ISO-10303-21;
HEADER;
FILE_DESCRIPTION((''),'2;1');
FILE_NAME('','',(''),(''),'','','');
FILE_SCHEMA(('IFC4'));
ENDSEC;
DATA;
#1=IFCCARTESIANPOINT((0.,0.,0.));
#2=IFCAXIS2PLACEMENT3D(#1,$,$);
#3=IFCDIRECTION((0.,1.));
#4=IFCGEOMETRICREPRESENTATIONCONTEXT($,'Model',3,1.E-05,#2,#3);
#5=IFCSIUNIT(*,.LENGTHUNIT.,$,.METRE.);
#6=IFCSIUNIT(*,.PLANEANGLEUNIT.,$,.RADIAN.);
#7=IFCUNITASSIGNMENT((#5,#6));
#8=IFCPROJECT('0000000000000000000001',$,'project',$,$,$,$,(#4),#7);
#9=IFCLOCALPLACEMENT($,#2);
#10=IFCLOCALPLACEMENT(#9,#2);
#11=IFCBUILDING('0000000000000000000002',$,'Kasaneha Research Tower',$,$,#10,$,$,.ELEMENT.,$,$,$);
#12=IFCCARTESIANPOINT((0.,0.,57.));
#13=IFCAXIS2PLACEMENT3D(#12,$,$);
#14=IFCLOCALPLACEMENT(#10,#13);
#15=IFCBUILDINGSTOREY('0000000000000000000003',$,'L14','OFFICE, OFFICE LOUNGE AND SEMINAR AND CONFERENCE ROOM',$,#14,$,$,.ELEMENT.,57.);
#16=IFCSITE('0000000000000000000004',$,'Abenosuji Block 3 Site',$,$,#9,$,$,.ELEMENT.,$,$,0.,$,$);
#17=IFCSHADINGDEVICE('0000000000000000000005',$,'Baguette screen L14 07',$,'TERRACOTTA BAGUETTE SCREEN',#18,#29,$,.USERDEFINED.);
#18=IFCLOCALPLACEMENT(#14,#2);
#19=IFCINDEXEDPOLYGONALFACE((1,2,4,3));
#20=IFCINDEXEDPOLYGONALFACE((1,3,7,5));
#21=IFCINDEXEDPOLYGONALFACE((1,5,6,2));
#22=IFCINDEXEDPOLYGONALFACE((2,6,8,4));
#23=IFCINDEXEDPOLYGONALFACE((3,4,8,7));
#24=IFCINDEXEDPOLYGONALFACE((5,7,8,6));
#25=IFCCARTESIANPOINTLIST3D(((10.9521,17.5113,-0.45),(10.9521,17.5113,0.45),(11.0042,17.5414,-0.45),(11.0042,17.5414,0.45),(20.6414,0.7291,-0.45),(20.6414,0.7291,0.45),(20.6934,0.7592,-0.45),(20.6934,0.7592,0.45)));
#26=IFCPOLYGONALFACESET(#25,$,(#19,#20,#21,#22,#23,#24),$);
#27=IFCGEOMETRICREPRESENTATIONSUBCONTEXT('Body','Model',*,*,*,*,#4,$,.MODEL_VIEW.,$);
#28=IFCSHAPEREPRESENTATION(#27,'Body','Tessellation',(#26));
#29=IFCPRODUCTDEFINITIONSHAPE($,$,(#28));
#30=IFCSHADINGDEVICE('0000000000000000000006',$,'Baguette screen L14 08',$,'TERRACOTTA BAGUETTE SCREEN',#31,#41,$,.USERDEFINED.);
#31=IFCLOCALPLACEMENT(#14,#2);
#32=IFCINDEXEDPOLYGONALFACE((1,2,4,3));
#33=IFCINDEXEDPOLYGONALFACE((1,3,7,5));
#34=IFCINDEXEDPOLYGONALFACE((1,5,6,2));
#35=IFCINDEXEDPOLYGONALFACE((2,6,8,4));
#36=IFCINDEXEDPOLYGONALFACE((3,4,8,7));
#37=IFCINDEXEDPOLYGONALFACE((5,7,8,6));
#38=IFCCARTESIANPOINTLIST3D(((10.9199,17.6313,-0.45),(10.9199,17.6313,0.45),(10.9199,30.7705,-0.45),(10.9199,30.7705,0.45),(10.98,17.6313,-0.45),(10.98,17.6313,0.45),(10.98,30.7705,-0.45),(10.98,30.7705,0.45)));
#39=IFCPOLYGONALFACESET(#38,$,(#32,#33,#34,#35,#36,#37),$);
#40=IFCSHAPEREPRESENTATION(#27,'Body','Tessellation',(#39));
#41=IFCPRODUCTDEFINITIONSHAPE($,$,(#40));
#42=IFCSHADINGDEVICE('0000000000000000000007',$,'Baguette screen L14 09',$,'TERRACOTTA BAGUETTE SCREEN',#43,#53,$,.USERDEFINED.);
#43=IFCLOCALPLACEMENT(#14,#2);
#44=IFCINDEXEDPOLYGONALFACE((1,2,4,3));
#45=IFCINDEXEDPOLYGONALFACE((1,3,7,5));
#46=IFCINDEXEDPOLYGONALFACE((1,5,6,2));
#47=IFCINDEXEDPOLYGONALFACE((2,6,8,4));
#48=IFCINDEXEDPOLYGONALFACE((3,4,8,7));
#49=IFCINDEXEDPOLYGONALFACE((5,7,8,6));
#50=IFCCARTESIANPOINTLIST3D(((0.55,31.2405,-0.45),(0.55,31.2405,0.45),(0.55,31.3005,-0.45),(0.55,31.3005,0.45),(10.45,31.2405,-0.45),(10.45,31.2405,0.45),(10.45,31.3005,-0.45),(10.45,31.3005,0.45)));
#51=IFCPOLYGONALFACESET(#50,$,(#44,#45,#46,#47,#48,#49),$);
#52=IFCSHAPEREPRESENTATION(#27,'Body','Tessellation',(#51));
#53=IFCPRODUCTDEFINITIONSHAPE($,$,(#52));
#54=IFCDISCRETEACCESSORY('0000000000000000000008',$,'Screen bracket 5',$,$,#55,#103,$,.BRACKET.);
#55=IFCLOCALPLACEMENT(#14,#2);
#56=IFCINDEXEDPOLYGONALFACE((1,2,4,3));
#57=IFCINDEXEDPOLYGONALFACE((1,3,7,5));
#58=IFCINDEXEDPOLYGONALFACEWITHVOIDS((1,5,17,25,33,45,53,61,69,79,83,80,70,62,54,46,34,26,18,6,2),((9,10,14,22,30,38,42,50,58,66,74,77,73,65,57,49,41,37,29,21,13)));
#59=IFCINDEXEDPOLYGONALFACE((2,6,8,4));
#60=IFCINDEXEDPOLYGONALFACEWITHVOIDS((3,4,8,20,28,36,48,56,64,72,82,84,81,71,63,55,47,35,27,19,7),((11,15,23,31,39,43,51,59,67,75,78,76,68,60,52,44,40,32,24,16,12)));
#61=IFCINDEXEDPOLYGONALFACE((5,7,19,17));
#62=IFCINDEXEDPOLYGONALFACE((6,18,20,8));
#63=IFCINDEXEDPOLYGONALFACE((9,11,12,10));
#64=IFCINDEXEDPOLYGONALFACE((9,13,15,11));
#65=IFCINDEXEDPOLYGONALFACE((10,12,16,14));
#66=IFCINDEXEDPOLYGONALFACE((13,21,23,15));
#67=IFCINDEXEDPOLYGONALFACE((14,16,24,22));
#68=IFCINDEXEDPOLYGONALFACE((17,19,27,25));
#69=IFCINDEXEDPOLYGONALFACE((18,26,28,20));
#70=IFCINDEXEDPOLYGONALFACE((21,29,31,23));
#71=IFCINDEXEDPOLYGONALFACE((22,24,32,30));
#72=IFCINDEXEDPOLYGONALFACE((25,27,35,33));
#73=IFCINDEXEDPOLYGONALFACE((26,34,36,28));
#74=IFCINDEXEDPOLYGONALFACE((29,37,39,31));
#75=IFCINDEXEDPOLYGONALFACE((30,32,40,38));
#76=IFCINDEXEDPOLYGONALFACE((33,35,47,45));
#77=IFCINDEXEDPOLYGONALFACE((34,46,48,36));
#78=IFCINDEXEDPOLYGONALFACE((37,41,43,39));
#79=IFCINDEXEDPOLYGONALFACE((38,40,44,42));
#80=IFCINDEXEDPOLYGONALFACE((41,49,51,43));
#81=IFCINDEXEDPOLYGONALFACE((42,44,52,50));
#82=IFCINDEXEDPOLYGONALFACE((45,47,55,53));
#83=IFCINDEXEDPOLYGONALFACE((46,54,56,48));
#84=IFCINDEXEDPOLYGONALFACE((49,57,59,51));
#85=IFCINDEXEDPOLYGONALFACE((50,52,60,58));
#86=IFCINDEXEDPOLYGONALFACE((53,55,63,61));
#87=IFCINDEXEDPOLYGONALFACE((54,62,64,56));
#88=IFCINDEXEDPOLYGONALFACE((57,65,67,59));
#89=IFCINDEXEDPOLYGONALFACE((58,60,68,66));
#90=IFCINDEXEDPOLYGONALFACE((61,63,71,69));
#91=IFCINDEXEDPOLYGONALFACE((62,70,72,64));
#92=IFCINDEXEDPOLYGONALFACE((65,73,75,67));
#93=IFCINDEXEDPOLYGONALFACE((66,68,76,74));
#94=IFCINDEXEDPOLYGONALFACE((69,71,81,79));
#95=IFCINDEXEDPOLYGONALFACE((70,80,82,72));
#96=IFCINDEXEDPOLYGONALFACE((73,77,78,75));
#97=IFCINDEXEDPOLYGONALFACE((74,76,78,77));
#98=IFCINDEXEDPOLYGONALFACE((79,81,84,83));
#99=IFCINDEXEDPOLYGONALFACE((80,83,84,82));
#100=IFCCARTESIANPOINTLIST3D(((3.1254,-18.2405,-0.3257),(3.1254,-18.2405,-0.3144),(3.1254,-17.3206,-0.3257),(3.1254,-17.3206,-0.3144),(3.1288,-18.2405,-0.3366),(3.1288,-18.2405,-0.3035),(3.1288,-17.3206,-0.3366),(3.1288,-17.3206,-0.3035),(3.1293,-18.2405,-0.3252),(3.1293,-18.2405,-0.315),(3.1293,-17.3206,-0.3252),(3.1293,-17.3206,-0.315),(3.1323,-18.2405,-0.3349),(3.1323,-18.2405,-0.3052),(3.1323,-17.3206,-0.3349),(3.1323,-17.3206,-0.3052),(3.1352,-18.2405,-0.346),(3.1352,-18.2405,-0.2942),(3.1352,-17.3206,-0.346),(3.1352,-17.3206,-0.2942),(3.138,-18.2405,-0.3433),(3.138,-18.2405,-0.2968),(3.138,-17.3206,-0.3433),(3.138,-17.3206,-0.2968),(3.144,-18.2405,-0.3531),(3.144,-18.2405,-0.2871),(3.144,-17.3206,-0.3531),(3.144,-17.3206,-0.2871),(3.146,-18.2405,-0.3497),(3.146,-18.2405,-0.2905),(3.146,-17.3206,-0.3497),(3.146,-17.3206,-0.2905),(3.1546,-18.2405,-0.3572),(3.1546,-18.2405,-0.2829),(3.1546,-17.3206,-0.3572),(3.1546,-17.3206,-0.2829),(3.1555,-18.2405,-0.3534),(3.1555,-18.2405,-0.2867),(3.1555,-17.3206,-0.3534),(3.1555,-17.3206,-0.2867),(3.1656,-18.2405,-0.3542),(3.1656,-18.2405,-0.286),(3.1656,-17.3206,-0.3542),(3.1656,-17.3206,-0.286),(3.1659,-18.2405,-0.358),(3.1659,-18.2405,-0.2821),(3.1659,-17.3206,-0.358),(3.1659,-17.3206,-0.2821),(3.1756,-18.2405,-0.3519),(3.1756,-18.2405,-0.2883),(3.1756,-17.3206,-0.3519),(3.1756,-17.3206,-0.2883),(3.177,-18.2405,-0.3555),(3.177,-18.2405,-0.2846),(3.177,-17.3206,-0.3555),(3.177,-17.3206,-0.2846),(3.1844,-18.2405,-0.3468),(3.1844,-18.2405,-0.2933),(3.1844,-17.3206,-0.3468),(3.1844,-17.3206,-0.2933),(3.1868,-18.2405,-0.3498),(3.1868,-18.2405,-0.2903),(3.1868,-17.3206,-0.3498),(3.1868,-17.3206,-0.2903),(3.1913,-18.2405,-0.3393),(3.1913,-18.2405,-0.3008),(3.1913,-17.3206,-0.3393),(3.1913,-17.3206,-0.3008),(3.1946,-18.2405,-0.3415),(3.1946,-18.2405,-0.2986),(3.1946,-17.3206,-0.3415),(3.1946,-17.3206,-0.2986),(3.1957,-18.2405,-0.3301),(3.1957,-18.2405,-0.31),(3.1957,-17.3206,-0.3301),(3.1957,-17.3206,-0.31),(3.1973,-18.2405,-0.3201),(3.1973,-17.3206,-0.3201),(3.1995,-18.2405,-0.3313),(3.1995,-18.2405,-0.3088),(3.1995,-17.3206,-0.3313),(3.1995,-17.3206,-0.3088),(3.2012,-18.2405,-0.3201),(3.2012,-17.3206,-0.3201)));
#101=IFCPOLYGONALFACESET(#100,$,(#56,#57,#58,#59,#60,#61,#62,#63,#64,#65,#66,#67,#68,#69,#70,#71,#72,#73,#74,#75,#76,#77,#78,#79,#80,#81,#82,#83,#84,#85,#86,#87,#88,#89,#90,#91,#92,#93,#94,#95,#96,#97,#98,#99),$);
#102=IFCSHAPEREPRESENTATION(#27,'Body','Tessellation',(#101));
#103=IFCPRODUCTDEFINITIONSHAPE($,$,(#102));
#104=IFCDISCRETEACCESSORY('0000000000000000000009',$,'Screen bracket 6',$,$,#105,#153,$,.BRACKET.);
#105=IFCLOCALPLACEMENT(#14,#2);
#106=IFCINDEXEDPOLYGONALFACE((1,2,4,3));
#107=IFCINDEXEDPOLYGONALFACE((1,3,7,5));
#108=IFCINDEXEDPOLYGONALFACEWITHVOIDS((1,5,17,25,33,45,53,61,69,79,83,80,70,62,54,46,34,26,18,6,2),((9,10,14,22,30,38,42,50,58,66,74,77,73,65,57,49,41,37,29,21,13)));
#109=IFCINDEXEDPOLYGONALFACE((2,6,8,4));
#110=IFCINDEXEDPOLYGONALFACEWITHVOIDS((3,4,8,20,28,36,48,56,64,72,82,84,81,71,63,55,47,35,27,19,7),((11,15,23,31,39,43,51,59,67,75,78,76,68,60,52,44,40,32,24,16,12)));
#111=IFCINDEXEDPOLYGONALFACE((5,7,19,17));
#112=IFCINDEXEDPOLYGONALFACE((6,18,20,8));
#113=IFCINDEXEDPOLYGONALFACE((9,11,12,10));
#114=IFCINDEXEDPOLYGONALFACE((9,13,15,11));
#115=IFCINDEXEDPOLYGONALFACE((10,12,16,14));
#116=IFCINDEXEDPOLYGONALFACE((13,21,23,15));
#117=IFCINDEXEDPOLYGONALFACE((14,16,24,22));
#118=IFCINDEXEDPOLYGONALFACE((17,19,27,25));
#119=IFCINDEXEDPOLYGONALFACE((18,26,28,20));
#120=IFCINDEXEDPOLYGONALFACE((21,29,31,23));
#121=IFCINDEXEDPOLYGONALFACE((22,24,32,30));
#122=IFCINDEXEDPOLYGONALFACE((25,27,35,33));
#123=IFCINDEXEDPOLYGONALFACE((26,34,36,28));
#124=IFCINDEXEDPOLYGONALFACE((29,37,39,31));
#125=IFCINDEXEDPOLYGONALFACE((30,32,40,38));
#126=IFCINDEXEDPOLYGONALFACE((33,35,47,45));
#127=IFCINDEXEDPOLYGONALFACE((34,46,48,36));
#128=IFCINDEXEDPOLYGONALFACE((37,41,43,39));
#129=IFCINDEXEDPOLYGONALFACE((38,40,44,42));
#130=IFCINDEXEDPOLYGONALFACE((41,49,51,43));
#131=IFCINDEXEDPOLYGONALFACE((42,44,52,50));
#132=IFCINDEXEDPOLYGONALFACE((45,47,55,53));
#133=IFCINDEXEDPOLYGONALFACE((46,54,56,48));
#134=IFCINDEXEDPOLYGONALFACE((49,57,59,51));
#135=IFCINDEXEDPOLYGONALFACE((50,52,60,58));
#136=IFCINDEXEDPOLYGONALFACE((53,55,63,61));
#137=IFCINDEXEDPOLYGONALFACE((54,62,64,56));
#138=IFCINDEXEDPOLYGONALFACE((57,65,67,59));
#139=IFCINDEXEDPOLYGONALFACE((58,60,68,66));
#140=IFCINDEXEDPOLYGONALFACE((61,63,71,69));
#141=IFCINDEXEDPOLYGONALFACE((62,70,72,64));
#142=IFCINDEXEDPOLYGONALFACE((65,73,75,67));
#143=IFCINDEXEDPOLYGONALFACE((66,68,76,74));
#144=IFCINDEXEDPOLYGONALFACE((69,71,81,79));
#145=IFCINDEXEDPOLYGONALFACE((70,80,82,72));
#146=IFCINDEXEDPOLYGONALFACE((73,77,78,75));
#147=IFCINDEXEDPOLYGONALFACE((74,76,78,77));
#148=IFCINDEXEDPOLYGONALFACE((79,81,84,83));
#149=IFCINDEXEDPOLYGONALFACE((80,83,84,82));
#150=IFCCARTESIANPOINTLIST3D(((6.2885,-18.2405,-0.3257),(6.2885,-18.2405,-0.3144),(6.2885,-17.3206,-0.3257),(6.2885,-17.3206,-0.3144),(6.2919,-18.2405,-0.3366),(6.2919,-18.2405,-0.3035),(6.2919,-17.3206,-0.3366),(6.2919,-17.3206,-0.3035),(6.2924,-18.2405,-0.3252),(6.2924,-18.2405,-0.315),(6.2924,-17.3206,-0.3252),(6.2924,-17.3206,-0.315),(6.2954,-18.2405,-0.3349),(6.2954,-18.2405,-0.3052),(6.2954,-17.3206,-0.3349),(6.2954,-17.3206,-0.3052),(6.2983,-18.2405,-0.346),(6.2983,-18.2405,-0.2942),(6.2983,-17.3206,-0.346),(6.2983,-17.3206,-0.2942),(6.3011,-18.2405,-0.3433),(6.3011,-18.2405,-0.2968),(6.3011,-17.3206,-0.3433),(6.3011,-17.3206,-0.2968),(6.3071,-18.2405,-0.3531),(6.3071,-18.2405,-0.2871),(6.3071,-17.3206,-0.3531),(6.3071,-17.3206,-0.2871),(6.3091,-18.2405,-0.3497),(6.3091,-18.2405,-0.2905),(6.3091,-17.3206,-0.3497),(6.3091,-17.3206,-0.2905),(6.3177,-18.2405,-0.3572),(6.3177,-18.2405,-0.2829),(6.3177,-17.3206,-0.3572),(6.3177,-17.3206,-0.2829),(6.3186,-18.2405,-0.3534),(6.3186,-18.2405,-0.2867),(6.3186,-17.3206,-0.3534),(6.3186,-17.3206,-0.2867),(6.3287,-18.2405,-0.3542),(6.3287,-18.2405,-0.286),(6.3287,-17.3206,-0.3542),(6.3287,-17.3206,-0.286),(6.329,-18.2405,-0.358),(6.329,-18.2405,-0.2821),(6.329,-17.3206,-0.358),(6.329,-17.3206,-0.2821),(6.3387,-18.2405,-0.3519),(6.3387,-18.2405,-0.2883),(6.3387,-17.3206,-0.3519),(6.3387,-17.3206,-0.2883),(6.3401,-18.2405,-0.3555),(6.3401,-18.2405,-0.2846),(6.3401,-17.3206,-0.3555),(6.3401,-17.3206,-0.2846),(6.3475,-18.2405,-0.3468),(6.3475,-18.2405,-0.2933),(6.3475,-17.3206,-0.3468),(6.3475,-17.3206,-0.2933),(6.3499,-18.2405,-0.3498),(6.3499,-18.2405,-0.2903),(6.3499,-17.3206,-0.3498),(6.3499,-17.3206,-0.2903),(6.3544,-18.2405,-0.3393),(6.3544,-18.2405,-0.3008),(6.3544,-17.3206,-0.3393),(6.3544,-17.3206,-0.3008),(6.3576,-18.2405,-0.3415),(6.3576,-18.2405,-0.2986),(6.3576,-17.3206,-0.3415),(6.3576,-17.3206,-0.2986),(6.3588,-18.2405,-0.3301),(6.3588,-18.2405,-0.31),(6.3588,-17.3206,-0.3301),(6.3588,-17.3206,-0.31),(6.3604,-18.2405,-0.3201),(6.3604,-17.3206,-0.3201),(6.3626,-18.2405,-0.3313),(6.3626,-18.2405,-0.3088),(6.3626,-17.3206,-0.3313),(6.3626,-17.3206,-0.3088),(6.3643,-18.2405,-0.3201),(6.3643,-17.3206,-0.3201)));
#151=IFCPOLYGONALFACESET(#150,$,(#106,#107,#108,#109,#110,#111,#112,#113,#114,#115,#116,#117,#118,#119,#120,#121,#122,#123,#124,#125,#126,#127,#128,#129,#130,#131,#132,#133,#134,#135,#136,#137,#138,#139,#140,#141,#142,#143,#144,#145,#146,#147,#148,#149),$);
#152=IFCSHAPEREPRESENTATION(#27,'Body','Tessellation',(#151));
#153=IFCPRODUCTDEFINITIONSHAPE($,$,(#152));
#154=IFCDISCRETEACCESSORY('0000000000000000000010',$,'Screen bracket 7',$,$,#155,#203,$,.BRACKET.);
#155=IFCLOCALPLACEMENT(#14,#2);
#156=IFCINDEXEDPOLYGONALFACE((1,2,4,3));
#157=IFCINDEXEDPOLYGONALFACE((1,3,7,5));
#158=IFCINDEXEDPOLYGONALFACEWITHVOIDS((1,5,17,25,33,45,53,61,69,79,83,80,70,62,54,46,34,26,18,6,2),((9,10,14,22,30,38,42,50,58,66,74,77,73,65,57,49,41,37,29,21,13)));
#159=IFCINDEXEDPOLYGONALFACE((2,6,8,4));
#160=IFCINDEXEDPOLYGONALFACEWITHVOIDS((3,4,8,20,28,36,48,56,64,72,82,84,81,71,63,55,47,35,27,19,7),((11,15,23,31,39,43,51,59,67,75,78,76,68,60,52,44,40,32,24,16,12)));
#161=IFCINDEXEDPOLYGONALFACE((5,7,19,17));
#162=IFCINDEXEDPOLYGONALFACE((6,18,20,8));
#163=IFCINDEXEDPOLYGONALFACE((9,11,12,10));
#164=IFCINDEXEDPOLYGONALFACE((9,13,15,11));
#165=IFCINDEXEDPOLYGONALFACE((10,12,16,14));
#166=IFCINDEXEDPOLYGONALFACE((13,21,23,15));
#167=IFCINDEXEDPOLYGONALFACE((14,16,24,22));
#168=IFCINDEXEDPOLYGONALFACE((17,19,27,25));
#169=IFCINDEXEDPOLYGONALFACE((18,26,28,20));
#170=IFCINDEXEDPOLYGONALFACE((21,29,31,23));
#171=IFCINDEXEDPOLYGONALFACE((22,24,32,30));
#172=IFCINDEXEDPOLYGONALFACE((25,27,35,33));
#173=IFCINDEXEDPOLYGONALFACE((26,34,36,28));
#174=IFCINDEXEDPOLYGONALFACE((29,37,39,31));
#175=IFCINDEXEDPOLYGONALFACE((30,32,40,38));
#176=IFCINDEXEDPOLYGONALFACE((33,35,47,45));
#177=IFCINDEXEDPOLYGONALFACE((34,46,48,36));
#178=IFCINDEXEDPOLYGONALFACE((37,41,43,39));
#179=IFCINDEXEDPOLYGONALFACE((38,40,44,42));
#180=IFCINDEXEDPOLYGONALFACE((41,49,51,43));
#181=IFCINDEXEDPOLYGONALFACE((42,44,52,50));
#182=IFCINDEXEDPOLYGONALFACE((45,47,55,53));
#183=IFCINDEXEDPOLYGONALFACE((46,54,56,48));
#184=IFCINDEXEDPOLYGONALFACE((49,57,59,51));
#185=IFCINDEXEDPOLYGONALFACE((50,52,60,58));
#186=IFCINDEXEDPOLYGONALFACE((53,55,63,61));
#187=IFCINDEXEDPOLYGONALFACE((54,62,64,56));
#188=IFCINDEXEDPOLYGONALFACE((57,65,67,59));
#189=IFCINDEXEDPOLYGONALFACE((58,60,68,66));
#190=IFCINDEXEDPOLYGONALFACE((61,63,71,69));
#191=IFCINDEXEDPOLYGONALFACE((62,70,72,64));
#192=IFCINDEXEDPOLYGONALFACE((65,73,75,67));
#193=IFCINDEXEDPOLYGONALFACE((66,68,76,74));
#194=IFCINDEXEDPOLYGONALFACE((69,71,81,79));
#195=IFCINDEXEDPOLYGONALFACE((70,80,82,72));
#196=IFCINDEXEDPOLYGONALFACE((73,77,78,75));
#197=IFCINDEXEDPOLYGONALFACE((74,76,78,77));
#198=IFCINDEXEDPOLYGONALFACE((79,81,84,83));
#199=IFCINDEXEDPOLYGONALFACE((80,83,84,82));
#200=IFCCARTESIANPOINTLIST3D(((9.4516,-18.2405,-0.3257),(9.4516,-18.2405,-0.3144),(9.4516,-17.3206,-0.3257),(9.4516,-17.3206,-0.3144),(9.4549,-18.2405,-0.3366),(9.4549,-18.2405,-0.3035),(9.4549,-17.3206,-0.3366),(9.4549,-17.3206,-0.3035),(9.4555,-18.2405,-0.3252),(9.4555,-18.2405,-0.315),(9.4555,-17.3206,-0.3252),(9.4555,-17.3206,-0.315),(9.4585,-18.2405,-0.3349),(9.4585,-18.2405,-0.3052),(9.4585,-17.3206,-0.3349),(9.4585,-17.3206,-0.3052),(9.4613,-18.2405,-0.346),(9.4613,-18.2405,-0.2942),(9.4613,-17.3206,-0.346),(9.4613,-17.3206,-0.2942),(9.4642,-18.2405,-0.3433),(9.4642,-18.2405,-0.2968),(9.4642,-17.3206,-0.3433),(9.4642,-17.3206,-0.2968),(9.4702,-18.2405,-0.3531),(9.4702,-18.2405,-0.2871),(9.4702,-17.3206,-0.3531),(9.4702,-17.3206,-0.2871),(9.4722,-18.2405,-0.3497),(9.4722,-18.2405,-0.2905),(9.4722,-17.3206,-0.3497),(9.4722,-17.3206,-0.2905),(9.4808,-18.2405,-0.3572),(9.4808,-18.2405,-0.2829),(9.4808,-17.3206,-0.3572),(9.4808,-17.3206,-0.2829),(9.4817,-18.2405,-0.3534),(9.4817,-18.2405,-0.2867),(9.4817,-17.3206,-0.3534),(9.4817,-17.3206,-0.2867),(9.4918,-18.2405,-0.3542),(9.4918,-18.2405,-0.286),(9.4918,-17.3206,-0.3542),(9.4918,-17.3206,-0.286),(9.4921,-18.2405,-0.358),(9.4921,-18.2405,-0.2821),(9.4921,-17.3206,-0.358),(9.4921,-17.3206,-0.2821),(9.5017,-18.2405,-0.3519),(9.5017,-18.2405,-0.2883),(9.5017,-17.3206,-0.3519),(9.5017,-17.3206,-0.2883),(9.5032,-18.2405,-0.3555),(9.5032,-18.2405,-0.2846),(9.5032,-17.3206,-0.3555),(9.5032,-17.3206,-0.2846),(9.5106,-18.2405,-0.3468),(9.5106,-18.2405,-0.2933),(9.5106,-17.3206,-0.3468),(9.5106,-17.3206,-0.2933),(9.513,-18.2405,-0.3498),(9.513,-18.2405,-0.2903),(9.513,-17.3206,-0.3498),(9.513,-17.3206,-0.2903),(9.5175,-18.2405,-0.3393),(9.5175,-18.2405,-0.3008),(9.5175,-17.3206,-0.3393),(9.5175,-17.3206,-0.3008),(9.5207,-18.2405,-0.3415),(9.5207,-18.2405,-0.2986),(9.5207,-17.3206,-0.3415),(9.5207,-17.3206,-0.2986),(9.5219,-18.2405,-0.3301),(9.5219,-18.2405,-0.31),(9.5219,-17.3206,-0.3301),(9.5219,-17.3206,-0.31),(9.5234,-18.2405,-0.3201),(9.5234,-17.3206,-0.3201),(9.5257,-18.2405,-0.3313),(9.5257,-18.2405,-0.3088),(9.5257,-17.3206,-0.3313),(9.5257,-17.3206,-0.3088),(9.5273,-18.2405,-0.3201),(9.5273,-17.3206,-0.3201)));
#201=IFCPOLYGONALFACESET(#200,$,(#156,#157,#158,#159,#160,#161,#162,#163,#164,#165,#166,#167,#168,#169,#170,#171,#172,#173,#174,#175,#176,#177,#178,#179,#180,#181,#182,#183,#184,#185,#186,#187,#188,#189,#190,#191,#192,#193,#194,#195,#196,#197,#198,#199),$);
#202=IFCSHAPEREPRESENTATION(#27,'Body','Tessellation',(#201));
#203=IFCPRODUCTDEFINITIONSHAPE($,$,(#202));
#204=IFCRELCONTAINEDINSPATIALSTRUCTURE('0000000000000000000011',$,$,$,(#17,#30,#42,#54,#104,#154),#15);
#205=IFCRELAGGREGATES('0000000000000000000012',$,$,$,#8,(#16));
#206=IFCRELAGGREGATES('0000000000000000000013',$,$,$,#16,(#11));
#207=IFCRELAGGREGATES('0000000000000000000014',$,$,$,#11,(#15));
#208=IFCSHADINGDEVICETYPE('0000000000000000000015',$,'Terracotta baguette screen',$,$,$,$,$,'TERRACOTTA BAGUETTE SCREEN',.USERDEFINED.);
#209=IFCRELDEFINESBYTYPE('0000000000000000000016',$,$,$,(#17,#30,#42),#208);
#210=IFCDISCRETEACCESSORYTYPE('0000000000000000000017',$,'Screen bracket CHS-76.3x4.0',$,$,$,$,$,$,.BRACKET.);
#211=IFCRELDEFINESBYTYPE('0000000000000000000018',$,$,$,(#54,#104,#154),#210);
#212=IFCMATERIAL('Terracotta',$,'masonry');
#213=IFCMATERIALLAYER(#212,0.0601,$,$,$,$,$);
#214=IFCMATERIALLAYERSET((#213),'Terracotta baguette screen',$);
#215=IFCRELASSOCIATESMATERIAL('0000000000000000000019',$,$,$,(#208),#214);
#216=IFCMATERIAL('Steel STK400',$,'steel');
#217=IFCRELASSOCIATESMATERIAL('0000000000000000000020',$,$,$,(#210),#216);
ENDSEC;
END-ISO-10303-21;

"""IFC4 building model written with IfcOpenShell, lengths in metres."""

from ifc_helpers import new_model, si_unit, direction, frame, origin, origin_2d, place, context, subcontext, project, spatial, rectangle, hollow_circle, extrude, material, layer, layer_set, material_profile, profile_set, type_object, element, save


model = new_model("IFC4")

# Units and contexts
model_context = context("Model", 3, precision=1e-05, world=origin(), true_north=direction((0.0, 1.0)))
body_context = subcontext(model_context, "Body", "Model", "MODEL_VIEW")
ifc_project = project(units=[si_unit("LENGTHUNIT", "METRE"), si_unit("PLANEANGLEUNIT", "RADIAN")], contexts=[model_context])

# Site, building, storey
site_placement = place(None, origin())
site = spatial("IfcSite", under=ifc_project, at=site_placement, Name="Abenosuji Block 3 Site", CompositionType="ELEMENT", RefElevation=0.0)
building_placement = place(site_placement, origin())
building = spatial("IfcBuilding", under=site, at=building_placement, Name="Kasaneha Research Tower", CompositionType="ELEMENT")
storey_placement = place(building_placement, frame((0.0, 0.0, 57.0)))
storey = spatial("IfcBuildingStorey", under=building, at=storey_placement, Name="L14", Description="OFFICE, OFFICE LOUNGE AND SEMINAR AND CONFERENCE ROOM", CompositionType="ELEMENT", Elevation=57.0)

# Shading devices
ifc_material_1 = material(Name="Terracotta", Category="masonry")
ifc_layer = layer(ifc_material_1, 0.0601)
ifc_layer_set = layer_set([ifc_layer], Name="Terracotta baguette screen")
shading_device_type = type_object("IfcShadingDeviceType", Name="Terracotta baguette screen", ElementType="TERRACOTTA BAGUETTE SCREEN", PredefinedType="USERDEFINED", material=ifc_layer_set)
shading_device_1_placement = place(storey_placement, frame((15.8228, 9.1353, -0.45), z_axis=(0.0, 0.0, 1.0), x_axis=(-0.5, 0.866025, 0.0)))
element("IfcShadingDevice", 1, at=shading_device_1_placement, inside=storey, type_object=shading_device_type, Name="Baguette screen L14 07", ObjectType="TERRACOTTA BAGUETTE SCREEN", PredefinedType="USERDEFINED", context=body_context, shape_type="SweptSolid", body=[
    extrude(rectangle(XDim=19.3784, YDim=0.0601, at=origin_2d()), origin(), (0.0, 0.0, 1.0), 0.8999),
])
shading_device_2_placement = place(storey_placement, frame((10.95, 24.2009, -0.45), z_axis=(0.0, 0.0, 1.0), x_axis=(0.0, 1.0, 0.0)))
element("IfcShadingDevice", 2, at=shading_device_2_placement, inside=storey, type_object=shading_device_type, Name="Baguette screen L14 08", ObjectType="TERRACOTTA BAGUETTE SCREEN", PredefinedType="USERDEFINED", context=body_context, shape_type="SweptSolid", body=[
    extrude(rectangle(XDim=13.1392, YDim=0.0601, at=origin_2d()), origin(), (0.0, 0.0, 1.0), 0.8999),
])
shading_device_3_placement = place(storey_placement, frame((5.5, 31.2705, -0.45), z_axis=(0.0, 0.0, 1.0), x_axis=(-1.0, 0.0, 0.0)))
element("IfcShadingDevice", 3, at=shading_device_3_placement, inside=storey, type_object=shading_device_type, Name="Baguette screen L14 09", ObjectType="TERRACOTTA BAGUETTE SCREEN", PredefinedType="USERDEFINED", context=body_context, shape_type="SweptSolid", body=[
    extrude(rectangle(XDim=9.8999, YDim=0.0601, at=origin_2d()), origin(), (0.0, 0.0, 1.0), 0.8999),
])

# Discrete accessories
ifc_material_2 = material(Name="Steel STK400", Category="steel")
ifc_material_profile_1 = material_profile(ifc_material_2, hollow_circle(Radius=0.0381, WallThickness=0.0039, at=origin_2d()), Name="CHS-76.3x4.0")
ifc_profile_set_1 = profile_set([ifc_material_profile_1], Name="Steel STK400")
discrete_accessory_type = type_object("IfcDiscreteAccessoryType", Name="Screen bracket CHS-76.3x4.0", PredefinedType="BRACKET", material=ifc_profile_set_1)
for number, where, z_axis, x_axis, name in (
    (4, (3.1631, -17.3206, -0.3201), (0.0, -1.0, 0.0), (1.0, 0.0, 0.0), "Screen bracket 5"),
    (5, (6.3262, -17.3206, -0.3201), (0.0, -1.0, 0.0), (1.0, 0.0, 0.0), "Screen bracket 6"),
    (6, (9.4893, -17.3206, -0.3201), (0.0, -1.0, 0.0), (1.0, 0.0, 0.0), "Screen bracket 7"),
):
    element("IfcDiscreteAccessory", number, at=place(storey_placement, frame(where, z_axis=z_axis, x_axis=x_axis)), inside=storey, type_object=discrete_accessory_type, Name=name, PredefinedType="BRACKET", context=body_context, shape_type="SweptSolid", body=[
        extrude(hollow_circle(Radius=0.0381, WallThickness=0.0039, at=origin_2d()), origin(), (0.0, 0.0, 1.0), 0.9199),
    ])

save(model, "model.ifc")
